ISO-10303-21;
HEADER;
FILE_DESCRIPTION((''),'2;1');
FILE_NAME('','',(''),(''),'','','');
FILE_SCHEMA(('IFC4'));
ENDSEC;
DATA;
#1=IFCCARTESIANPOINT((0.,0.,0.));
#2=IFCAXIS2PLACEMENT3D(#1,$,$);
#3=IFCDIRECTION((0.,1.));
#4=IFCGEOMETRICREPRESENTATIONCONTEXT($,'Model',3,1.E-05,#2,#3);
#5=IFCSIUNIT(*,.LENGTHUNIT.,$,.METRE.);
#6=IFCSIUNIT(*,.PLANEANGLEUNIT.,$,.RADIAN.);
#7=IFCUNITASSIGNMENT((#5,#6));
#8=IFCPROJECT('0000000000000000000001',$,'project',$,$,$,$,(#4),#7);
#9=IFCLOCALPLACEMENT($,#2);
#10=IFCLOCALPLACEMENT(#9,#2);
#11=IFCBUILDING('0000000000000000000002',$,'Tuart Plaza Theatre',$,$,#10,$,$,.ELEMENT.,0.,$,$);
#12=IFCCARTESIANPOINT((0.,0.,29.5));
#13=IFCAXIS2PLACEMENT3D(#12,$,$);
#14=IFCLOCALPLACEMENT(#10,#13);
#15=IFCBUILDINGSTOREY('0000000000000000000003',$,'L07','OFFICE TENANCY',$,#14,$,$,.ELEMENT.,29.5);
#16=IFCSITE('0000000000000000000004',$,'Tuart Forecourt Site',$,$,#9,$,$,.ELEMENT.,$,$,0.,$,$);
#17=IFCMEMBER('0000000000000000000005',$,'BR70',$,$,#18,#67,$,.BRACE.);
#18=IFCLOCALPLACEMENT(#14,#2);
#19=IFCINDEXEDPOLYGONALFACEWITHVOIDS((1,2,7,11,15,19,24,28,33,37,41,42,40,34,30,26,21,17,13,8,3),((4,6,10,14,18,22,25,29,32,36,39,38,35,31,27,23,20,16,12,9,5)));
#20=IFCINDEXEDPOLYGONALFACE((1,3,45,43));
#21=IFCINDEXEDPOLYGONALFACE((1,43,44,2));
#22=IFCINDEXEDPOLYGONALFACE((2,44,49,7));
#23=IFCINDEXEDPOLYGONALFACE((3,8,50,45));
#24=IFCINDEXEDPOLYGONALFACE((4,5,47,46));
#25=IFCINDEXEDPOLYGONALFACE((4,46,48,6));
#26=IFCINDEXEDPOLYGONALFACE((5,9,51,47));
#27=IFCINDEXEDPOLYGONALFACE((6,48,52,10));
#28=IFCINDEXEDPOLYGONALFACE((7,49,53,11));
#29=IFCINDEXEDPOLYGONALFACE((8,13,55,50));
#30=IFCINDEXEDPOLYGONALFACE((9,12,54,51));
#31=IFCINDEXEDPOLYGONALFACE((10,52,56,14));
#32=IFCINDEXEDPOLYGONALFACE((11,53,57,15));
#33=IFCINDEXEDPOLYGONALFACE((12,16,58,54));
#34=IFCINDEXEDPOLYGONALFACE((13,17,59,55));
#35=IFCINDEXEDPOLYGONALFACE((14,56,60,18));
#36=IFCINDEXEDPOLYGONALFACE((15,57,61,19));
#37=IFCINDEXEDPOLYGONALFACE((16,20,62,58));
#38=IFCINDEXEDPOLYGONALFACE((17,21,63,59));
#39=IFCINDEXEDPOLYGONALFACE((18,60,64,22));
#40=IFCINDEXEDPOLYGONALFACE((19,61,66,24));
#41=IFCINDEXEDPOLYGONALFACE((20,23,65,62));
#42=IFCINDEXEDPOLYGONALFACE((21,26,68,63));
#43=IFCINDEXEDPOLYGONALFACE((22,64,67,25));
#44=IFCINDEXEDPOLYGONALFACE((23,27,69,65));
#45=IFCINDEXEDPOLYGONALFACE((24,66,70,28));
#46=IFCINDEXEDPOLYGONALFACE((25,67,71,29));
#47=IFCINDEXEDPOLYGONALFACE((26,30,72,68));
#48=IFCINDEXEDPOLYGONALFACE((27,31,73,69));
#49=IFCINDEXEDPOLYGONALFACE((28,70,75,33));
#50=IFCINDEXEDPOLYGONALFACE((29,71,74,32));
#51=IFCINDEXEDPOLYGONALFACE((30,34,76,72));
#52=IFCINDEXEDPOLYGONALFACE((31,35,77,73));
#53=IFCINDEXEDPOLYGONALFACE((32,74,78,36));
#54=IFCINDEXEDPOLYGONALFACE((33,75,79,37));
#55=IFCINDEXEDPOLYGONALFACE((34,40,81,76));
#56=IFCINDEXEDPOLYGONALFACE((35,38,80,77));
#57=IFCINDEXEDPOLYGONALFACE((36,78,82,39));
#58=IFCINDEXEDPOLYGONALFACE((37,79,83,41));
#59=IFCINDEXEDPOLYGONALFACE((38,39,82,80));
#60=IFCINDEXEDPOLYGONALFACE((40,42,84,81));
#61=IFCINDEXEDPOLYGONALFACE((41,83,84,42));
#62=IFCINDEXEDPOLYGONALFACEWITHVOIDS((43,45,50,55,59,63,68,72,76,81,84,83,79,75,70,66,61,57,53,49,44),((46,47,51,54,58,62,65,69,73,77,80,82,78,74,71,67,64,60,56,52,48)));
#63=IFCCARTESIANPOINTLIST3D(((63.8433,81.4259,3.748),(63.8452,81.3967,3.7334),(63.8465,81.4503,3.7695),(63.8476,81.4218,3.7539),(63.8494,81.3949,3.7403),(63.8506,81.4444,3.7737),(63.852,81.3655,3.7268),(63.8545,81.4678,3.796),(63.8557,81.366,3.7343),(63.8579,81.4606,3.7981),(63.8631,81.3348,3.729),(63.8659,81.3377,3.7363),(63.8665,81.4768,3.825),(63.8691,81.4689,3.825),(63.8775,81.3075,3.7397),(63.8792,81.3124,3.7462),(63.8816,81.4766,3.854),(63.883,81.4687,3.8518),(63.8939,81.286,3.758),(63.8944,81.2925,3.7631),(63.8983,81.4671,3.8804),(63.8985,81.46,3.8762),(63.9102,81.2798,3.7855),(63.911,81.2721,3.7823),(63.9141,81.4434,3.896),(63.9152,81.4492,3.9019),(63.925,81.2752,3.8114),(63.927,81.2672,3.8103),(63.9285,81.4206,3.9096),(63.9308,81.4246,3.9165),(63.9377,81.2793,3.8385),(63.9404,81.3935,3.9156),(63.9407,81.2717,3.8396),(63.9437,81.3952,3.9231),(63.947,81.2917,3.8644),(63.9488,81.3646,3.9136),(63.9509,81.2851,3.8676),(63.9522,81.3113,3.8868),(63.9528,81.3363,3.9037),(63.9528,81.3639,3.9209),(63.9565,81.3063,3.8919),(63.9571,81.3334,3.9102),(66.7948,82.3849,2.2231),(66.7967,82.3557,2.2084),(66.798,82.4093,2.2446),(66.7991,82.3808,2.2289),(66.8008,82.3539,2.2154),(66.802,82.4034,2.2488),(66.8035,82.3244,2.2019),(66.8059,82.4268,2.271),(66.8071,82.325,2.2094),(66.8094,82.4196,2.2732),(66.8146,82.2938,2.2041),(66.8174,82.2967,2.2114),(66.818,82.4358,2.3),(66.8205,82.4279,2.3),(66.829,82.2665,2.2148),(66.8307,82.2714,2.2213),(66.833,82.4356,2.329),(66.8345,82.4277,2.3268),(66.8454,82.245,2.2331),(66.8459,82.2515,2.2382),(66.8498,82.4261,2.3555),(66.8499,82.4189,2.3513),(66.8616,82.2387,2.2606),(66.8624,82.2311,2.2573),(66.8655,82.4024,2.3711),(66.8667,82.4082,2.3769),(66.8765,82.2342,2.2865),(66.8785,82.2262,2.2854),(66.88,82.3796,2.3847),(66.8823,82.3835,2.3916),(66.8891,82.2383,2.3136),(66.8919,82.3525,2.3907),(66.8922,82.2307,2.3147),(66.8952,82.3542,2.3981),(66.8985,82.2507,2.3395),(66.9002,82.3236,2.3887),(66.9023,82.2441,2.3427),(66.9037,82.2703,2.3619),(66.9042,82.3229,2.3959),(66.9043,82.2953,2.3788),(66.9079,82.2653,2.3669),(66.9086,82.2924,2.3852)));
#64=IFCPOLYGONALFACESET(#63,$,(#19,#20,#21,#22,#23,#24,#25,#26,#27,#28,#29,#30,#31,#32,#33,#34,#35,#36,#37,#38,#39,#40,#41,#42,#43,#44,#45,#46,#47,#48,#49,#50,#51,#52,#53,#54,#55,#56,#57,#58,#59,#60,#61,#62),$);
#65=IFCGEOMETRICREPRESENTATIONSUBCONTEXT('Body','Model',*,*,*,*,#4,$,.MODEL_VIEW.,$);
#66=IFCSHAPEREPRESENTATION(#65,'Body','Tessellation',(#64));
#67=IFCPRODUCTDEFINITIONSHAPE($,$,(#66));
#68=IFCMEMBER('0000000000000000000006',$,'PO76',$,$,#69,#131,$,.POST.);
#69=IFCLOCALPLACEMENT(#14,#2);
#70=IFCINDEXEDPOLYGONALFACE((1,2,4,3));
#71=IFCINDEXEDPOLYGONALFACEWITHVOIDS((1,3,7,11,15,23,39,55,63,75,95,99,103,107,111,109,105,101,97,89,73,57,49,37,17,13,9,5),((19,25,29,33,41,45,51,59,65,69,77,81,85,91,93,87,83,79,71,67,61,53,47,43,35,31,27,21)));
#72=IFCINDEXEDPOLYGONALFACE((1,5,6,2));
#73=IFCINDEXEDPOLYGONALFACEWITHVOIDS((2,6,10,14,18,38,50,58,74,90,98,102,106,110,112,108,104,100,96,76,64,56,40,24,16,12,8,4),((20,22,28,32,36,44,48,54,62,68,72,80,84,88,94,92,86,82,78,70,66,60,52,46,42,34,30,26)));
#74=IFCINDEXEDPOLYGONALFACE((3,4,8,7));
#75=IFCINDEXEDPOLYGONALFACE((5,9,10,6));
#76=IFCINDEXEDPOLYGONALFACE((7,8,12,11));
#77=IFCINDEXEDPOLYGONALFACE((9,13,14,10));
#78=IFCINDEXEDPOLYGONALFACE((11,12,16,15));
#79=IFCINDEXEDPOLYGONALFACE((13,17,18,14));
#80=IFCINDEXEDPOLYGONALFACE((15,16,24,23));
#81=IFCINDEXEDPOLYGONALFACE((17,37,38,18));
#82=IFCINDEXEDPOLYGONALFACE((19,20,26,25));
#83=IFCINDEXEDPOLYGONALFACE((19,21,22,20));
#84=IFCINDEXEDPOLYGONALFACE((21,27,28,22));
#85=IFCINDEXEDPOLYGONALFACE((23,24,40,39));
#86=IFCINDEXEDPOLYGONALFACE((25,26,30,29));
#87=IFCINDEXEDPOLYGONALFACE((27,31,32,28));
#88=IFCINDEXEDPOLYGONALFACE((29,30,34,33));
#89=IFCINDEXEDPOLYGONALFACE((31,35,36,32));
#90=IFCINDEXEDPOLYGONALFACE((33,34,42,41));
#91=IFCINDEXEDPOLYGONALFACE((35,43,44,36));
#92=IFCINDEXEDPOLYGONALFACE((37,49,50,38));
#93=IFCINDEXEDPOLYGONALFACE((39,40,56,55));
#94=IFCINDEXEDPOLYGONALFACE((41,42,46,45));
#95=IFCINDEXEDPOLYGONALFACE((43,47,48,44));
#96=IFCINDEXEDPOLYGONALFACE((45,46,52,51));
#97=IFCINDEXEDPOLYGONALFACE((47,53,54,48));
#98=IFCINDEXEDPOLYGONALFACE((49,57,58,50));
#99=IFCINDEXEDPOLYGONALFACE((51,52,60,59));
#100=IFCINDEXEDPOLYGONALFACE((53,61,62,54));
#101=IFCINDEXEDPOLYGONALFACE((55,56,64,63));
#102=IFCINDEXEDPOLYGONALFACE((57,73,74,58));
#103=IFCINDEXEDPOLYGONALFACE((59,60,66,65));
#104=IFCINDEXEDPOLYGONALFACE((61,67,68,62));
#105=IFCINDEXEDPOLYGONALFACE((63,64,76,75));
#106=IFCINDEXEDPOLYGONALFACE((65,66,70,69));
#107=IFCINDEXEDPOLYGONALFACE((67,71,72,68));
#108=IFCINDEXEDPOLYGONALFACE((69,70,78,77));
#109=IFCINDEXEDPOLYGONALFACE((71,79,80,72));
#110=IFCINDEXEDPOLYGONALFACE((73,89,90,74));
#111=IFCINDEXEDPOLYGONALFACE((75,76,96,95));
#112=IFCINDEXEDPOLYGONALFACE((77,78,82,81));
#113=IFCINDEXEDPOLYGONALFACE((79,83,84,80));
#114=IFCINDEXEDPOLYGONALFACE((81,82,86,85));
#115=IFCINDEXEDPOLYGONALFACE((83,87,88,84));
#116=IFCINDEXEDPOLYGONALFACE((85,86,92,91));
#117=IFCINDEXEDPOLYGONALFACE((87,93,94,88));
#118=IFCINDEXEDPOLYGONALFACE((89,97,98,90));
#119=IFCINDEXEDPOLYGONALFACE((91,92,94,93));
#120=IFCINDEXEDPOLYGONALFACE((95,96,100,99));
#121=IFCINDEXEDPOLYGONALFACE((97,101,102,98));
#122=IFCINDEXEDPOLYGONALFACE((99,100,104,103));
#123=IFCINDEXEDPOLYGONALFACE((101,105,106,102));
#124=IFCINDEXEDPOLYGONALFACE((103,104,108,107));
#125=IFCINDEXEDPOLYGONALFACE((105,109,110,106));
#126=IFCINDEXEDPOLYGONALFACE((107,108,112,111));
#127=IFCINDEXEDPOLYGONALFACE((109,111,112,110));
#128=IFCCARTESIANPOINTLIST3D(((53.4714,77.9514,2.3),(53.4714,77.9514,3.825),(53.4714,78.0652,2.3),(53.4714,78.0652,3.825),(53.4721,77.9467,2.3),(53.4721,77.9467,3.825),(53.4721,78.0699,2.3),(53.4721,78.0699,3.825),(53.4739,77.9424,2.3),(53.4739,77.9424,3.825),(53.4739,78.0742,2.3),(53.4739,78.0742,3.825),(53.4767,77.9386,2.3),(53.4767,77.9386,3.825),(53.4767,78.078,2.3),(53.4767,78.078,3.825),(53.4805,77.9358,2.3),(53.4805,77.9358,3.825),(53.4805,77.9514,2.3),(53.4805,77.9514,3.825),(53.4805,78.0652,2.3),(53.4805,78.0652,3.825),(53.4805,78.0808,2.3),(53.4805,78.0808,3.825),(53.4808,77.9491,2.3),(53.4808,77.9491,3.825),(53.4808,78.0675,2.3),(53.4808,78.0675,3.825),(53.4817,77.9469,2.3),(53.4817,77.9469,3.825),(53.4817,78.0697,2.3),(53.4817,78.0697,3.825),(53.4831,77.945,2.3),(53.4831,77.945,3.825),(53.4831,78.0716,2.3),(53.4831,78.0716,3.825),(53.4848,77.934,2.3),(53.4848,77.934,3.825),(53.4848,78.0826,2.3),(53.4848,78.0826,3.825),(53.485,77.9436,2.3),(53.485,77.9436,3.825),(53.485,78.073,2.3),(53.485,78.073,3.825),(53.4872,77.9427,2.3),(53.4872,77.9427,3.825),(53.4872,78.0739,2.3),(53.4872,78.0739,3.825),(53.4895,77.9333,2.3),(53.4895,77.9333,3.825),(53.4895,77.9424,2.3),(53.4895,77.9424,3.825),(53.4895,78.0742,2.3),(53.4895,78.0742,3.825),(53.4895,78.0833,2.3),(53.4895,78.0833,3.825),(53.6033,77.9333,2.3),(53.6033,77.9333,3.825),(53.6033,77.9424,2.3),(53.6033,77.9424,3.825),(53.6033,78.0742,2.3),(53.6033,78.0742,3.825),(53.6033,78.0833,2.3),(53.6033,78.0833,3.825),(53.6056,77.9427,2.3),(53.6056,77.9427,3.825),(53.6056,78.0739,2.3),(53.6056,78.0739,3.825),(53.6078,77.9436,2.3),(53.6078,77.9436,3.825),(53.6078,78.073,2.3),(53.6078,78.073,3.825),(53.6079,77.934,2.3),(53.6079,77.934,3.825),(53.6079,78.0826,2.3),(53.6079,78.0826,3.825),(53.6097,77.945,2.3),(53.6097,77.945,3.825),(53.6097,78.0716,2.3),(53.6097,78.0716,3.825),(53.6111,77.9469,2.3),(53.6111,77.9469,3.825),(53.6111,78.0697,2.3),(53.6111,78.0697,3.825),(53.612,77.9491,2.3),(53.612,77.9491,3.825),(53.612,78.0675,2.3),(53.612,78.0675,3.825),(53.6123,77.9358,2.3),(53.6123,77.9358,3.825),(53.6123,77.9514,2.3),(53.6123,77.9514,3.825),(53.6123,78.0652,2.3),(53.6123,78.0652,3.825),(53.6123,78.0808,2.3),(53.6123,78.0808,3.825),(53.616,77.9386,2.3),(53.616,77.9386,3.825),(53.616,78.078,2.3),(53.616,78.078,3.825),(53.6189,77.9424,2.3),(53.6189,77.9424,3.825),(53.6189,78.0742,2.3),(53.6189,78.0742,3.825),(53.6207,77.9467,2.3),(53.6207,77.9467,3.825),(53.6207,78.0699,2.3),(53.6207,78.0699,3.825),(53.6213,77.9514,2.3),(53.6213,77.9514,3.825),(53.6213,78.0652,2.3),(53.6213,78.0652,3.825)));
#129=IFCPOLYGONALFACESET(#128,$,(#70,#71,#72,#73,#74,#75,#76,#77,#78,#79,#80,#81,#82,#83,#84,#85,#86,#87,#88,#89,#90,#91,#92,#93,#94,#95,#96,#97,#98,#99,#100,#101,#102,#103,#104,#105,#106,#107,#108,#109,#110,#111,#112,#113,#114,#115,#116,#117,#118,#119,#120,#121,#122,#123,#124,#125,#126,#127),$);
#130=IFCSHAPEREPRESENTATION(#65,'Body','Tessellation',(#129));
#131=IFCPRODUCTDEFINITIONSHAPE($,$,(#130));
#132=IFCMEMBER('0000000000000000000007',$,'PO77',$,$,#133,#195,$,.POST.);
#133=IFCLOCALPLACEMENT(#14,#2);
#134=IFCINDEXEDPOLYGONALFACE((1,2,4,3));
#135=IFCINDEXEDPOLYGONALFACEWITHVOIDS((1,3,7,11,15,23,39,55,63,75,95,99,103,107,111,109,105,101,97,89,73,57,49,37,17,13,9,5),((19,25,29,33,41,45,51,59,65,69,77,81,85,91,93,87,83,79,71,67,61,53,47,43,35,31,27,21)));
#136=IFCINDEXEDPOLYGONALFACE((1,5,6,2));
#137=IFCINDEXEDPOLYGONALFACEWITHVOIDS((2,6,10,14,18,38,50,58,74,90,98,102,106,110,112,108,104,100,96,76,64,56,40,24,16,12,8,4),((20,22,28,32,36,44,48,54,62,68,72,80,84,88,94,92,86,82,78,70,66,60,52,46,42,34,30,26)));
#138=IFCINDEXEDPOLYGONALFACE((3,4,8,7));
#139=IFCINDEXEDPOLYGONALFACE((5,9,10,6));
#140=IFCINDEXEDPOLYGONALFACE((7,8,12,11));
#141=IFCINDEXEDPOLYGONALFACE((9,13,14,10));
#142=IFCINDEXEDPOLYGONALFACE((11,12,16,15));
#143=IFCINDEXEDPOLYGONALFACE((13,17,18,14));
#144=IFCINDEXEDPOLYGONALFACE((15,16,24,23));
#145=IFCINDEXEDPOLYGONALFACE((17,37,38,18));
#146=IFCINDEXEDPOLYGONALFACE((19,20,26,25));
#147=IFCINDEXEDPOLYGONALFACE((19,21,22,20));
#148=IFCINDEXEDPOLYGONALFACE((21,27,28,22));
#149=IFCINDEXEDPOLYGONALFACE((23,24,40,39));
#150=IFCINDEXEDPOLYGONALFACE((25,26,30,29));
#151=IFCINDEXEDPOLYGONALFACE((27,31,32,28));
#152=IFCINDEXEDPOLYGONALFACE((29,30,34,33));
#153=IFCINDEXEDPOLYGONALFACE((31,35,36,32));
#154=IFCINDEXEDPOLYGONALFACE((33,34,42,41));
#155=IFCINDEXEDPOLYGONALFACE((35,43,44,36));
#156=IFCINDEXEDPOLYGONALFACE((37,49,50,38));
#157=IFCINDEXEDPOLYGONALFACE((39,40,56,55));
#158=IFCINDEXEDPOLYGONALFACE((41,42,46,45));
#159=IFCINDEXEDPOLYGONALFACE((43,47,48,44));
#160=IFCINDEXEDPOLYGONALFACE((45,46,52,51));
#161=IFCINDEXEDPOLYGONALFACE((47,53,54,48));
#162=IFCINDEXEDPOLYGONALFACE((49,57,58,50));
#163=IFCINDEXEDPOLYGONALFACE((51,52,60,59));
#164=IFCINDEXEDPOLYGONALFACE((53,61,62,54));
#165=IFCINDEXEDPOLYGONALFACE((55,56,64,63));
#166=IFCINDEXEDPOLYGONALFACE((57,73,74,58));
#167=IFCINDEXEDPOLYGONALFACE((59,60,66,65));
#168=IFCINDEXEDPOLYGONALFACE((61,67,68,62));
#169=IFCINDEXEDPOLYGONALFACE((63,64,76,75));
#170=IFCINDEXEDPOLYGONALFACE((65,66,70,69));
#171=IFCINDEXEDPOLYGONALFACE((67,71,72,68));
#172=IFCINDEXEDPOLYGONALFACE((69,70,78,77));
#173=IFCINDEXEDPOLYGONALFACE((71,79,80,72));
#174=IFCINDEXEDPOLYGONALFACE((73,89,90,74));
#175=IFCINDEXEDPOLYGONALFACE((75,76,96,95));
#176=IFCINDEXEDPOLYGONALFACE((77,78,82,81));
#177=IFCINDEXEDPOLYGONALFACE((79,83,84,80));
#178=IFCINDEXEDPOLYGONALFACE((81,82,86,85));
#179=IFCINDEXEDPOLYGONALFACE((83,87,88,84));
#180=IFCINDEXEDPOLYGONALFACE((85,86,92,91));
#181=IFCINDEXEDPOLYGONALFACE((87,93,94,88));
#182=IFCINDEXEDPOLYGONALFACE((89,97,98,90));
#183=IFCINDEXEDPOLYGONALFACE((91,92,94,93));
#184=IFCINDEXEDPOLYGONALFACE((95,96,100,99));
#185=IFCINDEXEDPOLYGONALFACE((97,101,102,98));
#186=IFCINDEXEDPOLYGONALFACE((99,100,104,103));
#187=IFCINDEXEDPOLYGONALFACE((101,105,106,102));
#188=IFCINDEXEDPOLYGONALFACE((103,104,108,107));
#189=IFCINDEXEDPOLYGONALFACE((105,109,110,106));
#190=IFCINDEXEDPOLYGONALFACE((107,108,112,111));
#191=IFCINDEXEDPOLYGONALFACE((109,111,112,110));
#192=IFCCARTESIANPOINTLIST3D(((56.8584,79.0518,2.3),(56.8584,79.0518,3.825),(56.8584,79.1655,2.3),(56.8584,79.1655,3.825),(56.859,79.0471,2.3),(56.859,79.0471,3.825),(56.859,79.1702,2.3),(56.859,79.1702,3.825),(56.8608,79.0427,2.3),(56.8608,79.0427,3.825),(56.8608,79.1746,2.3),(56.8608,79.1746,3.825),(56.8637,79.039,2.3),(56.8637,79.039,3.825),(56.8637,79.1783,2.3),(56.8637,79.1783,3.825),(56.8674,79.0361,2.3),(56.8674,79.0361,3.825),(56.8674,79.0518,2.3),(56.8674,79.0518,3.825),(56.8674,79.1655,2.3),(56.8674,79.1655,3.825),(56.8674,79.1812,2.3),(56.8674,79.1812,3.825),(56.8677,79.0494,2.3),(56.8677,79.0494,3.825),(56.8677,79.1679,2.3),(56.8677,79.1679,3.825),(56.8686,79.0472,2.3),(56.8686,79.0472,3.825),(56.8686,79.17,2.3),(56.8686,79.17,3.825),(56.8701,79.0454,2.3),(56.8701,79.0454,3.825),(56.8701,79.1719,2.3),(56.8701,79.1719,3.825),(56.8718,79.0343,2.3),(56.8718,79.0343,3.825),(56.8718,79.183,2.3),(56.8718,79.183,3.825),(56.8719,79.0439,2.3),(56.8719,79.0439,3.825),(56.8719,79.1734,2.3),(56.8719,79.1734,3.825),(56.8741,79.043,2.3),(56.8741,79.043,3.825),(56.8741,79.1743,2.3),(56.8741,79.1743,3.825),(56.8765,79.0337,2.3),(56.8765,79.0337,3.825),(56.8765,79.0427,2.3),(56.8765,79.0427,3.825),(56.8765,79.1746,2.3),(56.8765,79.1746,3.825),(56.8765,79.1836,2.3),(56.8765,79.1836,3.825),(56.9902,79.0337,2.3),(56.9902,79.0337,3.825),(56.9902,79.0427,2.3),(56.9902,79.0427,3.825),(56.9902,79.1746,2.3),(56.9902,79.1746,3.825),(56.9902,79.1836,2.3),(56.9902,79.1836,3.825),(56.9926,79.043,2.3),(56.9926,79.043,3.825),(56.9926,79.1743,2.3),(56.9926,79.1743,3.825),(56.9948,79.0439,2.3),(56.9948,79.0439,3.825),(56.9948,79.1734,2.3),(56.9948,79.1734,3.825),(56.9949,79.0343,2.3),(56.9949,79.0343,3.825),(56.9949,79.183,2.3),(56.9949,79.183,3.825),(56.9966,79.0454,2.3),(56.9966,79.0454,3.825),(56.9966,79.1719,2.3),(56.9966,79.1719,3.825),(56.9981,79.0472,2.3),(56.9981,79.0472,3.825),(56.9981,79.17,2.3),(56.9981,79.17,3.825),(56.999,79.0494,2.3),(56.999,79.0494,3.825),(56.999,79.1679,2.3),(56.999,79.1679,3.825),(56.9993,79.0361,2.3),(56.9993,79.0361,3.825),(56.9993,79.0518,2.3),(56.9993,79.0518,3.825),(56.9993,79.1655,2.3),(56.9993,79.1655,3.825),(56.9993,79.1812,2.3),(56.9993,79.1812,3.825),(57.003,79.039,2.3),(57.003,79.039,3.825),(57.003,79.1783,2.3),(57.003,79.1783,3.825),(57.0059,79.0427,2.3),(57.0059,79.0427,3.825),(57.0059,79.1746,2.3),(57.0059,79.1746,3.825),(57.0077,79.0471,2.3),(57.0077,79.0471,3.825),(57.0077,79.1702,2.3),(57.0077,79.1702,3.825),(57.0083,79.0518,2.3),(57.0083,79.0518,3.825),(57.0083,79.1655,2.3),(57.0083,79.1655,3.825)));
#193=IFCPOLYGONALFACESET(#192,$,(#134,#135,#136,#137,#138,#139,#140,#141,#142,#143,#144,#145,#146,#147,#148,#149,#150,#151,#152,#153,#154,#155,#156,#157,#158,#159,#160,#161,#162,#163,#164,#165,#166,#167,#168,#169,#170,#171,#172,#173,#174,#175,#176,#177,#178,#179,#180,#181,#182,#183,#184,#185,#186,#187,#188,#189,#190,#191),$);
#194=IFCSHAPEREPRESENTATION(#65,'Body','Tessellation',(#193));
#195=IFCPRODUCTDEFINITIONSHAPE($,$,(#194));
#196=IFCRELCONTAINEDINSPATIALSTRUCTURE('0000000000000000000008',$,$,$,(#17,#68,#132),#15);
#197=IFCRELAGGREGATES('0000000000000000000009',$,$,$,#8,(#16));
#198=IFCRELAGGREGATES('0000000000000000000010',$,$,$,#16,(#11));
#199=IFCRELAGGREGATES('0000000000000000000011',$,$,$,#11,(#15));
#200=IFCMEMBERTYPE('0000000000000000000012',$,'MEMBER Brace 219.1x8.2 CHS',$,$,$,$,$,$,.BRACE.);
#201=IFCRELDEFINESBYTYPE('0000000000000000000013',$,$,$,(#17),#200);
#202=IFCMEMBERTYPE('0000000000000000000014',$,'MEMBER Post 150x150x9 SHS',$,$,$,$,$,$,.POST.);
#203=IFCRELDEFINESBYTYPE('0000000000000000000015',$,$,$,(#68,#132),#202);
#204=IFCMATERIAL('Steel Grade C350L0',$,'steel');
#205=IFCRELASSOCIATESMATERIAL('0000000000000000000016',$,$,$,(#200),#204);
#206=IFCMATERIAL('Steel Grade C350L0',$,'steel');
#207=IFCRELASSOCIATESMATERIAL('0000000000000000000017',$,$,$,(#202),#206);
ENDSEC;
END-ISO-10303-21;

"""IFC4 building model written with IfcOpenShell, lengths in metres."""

from ifc_helpers import new_model, si_unit, direction, frame, origin, origin_2d, place, context, subcontext, project, spatial, hollow_rectangle, hollow_circle, extrude, material, material_profile, profile_set, type_object, element, save


model = new_model("IFC4")

# Units and contexts
model_context = context("Model", 3, precision=1e-05, world=origin(), true_north=direction((0.0, 1.0)))
body_context = subcontext(model_context, "Body", "Model", "MODEL_VIEW")
ifc_project = project(units=[si_unit("LENGTHUNIT", "METRE"), si_unit("PLANEANGLEUNIT", "RADIAN")], contexts=[model_context])

# Site, building, storey
site_placement = place(None, origin())
site = spatial("IfcSite", under=ifc_project, at=site_placement, Name="Tuart Forecourt Site", CompositionType="ELEMENT", RefElevation=0.0)
building_placement = place(site_placement, origin())
building = spatial("IfcBuilding", under=site, at=building_placement, Name="Tuart Plaza Theatre", CompositionType="ELEMENT", ElevationOfRefHeight=0.0)
storey_placement = place(building_placement, frame((0.0, 0.0, 29.5)))
storey = spatial("IfcBuildingStorey", under=building, at=storey_placement, Name="L07", Description="OFFICE TENANCY", CompositionType="ELEMENT", Elevation=29.5)

# Members
ifc_material_1 = material(Name="Steel Grade C350L0", Category="steel")
ifc_material_profile_1 = material_profile(ifc_material_1, hollow_circle(Radius=0.1096, WallThickness=0.0083, at=origin_2d()), Name="219.1x8.2 CHS")
ifc_profile_set_1 = profile_set([ifc_material_profile_1], Name="Steel Grade C350L0")
member_type_1 = type_object("IfcMemberType", Name="MEMBER Brace 219.1x8.2 CHS", PredefinedType="BRACE", material=ifc_profile_set_1)
for number, where, z_axis, x_axis, name in (
    (1, (63.9004, 81.3726, 3.825), (0.853573, 0.277346, -0.441014), (-0.30902, 0.951055, 0.0), "BR70"),
):
    element("IfcMember", number, at=place(storey_placement, frame(where, z_axis=z_axis, x_axis=x_axis)), inside=storey, type_object=member_type_1, Name=name, PredefinedType="BRACE", context=body_context, shape_type="SweptSolid", body=[
        extrude(hollow_circle(Radius=0.1096, WallThickness=0.0083, at=origin_2d()), origin(), (0.0, 0.0, 1.0), 3.4578),
    ])
ifc_material_2 = material(Name="Steel Grade C350L0", Category="steel")
ifc_material_profile_2 = material_profile(ifc_material_2, hollow_rectangle(XDim=0.1499, YDim=0.1499, WallThickness=0.009, InnerFilletRadius=0.009, OuterFilletRadius=0.0181, at=origin_2d()), Name="150x150x9 SHS")
ifc_profile_set_2 = profile_set([ifc_material_profile_2], Name="Steel Grade C350L0")
member_type_2 = type_object("IfcMemberType", Name="MEMBER Post 150x150x9 SHS", PredefinedType="POST", material=ifc_profile_set_2)
for number, where, z_axis, x_axis, name in (
    (2, (53.5464, 78.0083, 2.3), (0.0, 0.0, 1.0), (1.0, 0.0, 0.0), "PO76"),
    (3, (56.9333, 79.1086, 2.3), (0.0, 0.0, 1.0), (1.0, 0.0, 0.0), "PO77"),
):
    element("IfcMember", number, at=place(storey_placement, frame(where, z_axis=z_axis, x_axis=x_axis)), inside=storey, type_object=member_type_2, Name=name, PredefinedType="POST", context=body_context, shape_type="SweptSolid", body=[
        extrude(hollow_rectangle(XDim=0.1499, YDim=0.1499, WallThickness=0.009, InnerFilletRadius=0.009, OuterFilletRadius=0.0181, at=origin_2d()), origin(), (0.0, 0.0, 1.0), 1.5249),
    ])

save(model, "model.ifc")
